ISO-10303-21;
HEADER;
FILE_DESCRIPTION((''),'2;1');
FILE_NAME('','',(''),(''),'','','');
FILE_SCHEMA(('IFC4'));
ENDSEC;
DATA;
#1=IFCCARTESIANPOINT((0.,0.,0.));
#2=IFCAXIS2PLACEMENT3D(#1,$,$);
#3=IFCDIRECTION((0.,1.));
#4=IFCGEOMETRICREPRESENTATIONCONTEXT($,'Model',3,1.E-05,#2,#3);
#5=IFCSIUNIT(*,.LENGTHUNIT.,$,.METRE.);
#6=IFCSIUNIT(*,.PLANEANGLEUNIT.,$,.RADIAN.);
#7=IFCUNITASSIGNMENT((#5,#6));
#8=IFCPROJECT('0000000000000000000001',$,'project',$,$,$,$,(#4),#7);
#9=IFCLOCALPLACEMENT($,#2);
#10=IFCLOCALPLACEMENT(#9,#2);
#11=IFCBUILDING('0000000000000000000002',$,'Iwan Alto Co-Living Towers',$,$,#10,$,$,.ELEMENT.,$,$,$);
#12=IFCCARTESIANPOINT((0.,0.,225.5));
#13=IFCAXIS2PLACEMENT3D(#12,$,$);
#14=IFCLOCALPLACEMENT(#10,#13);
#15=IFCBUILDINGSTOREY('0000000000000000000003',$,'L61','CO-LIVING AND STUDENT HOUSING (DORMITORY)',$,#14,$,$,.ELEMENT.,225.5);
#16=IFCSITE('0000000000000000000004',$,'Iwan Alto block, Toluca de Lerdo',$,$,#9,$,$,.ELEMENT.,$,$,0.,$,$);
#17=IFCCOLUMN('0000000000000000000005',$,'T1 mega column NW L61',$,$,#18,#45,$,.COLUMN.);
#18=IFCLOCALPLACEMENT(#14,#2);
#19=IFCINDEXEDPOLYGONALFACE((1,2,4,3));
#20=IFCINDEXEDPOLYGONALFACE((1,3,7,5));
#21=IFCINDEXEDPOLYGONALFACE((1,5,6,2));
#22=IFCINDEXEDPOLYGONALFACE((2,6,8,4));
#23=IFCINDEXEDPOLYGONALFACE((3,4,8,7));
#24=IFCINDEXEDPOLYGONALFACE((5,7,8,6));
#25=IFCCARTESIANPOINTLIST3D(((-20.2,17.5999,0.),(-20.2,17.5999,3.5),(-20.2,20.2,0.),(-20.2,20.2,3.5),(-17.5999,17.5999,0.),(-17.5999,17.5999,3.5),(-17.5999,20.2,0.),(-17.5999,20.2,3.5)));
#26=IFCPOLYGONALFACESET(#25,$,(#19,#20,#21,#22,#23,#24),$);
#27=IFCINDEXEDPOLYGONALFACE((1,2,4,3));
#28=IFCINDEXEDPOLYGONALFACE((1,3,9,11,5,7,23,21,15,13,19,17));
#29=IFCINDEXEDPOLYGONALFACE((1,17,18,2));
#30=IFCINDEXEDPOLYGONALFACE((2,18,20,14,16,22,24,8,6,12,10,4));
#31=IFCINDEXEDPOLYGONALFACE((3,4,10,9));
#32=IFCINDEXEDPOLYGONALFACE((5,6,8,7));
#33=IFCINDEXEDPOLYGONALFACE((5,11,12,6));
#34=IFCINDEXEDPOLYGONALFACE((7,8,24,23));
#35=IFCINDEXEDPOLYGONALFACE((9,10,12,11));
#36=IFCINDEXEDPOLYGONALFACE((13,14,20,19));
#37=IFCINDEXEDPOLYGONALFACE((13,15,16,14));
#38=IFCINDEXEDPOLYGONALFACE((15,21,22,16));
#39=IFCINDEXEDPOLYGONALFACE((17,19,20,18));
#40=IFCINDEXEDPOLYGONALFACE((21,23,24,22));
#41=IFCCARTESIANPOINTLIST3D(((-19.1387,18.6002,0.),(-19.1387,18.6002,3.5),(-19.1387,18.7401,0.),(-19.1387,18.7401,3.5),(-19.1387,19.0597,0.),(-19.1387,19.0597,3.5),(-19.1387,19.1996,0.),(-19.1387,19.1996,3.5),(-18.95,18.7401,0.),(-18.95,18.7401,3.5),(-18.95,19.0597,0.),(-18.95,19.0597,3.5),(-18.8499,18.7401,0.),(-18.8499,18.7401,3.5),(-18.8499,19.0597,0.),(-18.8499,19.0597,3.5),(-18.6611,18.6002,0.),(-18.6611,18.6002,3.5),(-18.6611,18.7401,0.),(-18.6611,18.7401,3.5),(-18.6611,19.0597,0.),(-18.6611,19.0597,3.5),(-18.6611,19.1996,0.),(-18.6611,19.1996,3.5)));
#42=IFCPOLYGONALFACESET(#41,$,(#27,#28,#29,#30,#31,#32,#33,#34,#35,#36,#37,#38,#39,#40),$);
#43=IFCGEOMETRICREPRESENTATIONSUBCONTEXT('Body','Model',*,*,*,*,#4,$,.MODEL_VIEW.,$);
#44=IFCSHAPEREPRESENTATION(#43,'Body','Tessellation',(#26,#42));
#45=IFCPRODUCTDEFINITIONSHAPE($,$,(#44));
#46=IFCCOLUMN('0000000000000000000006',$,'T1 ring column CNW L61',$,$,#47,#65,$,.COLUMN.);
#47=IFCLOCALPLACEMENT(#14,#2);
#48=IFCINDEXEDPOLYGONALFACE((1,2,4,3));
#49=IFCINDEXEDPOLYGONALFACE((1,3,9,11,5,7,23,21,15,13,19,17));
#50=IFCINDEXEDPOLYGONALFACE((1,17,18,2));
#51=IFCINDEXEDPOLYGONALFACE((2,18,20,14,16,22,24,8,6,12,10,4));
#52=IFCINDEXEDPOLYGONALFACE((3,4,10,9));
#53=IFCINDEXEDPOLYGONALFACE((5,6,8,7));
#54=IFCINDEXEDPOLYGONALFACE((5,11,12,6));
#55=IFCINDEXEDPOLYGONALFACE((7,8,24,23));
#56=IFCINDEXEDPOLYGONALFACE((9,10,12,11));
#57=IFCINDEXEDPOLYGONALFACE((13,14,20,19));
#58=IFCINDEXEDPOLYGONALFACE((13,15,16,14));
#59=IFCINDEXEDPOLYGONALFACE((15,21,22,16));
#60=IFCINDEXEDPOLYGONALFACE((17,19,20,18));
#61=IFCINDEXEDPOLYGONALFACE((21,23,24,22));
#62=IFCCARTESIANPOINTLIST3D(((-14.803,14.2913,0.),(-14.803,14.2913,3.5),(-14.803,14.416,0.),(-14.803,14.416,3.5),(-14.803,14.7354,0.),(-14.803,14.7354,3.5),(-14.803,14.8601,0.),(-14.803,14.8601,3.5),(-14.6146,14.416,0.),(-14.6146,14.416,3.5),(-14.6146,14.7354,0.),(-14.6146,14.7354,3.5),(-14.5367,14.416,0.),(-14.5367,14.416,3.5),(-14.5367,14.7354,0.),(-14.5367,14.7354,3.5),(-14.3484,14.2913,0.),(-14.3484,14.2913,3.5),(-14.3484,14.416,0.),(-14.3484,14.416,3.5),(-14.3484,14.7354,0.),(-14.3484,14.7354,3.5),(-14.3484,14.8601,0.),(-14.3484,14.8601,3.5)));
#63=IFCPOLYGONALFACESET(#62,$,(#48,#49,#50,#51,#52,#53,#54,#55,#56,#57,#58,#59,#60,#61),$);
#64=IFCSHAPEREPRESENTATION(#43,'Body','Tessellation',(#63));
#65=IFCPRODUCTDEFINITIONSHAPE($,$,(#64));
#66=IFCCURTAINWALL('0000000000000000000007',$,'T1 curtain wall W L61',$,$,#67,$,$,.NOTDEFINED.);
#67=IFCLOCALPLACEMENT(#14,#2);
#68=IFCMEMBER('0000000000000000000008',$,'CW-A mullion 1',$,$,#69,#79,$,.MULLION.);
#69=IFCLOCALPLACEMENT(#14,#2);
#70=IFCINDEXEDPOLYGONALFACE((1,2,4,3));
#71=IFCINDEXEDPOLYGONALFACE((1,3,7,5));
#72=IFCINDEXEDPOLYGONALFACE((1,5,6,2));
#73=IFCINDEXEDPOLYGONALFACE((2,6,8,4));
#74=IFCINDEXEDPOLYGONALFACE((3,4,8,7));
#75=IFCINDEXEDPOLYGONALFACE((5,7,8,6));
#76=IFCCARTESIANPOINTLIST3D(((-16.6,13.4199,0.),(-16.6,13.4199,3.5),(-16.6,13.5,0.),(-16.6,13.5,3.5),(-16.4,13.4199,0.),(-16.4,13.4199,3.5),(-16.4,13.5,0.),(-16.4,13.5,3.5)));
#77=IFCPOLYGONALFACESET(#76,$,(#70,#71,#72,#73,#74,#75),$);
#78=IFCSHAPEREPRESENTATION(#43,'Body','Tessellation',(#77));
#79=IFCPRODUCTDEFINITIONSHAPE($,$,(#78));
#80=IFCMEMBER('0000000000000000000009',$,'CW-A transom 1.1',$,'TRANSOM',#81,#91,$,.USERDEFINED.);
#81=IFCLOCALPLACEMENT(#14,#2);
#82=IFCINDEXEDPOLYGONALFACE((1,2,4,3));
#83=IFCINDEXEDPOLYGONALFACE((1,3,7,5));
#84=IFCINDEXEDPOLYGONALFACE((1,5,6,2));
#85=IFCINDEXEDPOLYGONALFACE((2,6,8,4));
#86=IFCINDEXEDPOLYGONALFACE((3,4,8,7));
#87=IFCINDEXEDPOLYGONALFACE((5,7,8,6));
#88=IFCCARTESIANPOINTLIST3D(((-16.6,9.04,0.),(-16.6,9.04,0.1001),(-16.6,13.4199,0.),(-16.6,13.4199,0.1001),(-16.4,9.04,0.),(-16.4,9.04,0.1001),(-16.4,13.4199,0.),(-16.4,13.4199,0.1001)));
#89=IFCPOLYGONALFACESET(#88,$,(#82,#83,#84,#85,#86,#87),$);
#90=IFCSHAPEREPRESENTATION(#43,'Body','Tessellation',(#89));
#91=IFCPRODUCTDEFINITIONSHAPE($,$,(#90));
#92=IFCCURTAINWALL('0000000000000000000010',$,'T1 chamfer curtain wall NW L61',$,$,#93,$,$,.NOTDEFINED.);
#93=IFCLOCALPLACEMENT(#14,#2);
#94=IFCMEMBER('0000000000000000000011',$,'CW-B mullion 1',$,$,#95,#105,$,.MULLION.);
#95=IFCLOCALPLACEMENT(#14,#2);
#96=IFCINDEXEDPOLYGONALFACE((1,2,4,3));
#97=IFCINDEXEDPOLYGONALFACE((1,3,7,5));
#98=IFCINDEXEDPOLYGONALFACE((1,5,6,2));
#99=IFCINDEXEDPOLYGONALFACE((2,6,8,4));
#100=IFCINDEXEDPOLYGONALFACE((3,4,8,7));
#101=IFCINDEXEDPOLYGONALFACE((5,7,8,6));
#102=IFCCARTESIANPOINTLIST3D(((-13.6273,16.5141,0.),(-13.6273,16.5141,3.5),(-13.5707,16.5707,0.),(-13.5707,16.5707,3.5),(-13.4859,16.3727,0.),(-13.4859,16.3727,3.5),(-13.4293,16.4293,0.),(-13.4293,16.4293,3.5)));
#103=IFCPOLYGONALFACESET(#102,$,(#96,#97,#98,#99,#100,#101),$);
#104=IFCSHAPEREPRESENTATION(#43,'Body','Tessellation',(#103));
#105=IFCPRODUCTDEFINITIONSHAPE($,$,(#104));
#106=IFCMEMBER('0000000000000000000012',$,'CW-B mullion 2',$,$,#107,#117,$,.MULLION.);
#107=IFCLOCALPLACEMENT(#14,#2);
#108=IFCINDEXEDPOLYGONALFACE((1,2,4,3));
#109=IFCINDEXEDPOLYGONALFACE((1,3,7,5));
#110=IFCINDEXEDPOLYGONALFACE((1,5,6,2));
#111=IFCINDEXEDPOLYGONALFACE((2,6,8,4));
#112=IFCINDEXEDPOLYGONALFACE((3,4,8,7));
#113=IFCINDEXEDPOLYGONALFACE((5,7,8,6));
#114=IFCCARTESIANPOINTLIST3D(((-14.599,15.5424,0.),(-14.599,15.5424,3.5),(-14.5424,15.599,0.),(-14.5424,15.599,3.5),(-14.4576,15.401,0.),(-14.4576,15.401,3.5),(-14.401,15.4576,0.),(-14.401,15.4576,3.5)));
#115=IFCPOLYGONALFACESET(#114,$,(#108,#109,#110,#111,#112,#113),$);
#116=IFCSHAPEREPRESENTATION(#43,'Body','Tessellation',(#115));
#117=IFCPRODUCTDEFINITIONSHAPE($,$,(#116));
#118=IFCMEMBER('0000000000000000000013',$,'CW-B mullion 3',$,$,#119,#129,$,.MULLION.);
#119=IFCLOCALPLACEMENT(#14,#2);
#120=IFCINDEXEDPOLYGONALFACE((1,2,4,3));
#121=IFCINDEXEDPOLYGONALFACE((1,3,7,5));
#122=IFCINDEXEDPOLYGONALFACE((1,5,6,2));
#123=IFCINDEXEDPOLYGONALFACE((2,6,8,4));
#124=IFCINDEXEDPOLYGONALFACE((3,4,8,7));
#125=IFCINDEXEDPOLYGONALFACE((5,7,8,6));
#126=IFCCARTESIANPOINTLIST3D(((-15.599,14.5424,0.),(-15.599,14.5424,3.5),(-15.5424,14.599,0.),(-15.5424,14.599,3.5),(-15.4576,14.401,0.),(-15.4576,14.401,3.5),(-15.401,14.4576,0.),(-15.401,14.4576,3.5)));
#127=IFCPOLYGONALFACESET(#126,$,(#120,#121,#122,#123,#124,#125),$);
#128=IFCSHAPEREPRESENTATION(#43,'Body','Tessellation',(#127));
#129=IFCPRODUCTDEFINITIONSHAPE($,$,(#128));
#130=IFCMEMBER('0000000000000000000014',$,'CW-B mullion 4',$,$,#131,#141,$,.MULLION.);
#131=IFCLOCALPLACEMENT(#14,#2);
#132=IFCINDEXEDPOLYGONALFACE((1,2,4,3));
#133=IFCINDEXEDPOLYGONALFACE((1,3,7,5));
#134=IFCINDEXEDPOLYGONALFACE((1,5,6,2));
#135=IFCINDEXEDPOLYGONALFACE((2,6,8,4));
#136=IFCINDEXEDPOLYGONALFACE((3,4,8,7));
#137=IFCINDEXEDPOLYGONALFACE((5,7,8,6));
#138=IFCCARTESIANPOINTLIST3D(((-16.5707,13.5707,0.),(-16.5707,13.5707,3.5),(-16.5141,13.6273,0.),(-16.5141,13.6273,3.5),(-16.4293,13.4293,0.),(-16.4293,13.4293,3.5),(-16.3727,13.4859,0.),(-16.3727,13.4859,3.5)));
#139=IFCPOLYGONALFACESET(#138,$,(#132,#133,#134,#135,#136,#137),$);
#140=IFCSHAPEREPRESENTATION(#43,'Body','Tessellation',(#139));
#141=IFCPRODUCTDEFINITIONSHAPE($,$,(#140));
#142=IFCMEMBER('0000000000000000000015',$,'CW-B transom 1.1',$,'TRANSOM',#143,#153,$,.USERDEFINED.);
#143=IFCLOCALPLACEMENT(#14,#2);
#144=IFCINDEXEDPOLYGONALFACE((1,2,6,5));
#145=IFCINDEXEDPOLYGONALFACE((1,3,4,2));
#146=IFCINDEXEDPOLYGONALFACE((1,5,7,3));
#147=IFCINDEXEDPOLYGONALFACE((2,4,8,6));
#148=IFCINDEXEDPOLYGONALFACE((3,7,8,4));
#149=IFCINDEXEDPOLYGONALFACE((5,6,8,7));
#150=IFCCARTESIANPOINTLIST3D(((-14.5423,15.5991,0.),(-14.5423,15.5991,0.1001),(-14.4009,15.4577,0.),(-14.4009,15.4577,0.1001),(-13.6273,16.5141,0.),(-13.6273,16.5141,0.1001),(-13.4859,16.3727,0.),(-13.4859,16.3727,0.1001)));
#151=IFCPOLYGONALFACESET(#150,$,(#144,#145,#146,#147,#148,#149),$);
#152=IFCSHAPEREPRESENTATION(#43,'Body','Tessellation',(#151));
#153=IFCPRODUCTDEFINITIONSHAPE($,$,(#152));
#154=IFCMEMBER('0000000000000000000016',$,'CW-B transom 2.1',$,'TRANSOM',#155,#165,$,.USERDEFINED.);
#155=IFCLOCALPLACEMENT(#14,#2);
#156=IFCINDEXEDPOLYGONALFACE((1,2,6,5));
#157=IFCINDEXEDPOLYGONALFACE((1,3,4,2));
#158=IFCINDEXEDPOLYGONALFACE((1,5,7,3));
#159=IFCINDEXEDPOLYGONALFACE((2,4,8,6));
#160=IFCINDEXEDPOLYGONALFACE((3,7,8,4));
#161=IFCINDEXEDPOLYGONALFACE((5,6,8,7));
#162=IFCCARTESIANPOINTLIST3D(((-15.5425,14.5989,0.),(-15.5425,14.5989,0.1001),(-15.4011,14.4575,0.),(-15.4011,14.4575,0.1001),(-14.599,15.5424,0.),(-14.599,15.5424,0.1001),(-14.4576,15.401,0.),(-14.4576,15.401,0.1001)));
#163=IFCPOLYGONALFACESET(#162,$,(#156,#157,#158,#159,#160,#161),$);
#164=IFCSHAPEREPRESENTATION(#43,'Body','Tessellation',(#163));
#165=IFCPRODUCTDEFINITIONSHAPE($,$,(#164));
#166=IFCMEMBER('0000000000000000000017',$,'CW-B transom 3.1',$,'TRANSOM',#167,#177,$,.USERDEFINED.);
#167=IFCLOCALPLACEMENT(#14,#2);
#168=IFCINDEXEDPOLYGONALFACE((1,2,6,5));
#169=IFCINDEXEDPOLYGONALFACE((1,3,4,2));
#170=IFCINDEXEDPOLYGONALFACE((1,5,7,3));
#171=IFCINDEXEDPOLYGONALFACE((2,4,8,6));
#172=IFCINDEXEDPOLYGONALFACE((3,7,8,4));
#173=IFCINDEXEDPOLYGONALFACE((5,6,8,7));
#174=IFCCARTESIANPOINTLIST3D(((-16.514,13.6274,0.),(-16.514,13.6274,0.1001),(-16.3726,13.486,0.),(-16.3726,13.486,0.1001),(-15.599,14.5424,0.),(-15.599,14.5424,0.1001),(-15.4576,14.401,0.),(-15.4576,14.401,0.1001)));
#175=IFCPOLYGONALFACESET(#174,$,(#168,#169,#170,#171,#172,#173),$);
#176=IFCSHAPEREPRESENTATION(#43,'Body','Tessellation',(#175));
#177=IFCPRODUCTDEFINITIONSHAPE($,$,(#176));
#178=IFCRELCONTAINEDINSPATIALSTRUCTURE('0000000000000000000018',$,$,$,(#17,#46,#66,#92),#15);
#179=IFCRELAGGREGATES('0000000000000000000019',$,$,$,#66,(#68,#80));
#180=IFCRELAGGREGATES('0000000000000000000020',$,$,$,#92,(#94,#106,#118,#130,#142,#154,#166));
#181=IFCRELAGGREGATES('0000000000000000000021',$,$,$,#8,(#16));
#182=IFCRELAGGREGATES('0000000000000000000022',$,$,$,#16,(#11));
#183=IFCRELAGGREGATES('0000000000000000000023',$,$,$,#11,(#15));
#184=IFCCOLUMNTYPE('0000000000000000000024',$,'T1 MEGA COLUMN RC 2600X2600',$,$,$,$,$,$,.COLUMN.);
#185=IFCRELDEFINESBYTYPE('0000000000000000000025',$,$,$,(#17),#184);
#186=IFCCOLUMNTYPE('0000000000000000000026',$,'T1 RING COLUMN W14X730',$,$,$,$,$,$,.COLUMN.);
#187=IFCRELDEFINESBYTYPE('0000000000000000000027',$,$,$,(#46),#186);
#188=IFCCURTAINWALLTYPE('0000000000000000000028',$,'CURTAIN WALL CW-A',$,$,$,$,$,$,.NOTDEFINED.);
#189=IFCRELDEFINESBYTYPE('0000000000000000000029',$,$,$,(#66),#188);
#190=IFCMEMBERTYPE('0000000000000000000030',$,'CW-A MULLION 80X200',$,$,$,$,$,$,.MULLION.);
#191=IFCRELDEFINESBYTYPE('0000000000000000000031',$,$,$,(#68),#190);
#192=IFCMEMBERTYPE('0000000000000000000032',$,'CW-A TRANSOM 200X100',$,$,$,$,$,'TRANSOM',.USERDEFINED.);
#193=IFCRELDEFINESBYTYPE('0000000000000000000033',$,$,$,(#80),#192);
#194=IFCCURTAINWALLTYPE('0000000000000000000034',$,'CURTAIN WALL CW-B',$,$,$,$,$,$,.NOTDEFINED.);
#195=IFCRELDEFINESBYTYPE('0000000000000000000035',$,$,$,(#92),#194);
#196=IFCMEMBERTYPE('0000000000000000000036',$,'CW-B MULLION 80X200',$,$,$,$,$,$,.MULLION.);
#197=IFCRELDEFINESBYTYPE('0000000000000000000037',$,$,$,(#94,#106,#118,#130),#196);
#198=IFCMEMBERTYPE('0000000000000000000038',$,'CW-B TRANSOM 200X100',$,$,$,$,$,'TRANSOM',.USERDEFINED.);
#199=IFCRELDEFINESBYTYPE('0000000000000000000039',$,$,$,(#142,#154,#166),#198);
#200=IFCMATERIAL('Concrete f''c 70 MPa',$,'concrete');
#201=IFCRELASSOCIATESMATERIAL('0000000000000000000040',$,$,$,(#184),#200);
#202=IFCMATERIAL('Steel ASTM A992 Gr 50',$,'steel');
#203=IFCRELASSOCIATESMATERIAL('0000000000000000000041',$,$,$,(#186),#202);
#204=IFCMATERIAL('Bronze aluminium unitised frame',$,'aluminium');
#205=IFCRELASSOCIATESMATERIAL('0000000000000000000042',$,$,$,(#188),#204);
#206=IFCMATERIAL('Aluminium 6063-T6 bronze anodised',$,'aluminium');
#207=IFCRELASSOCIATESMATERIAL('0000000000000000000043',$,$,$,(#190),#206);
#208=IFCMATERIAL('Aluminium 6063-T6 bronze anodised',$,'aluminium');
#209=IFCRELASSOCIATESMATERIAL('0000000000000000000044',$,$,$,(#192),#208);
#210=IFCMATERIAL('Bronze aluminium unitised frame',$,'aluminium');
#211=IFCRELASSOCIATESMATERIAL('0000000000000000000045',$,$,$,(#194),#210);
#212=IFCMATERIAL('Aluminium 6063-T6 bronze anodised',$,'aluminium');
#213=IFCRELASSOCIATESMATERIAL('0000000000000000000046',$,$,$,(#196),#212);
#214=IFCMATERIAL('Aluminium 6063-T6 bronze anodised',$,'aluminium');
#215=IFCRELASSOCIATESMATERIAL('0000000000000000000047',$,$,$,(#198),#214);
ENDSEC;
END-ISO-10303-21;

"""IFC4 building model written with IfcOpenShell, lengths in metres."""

from ifc_helpers import new_model, si_unit, direction, frame, origin, origin_2d, place, context, subcontext, project, spatial, rectangle, i_section, extrude, material, material_profile, profile_set, type_object, element, aggregate, save


model = new_model("IFC4")

# Units and contexts
model_context = context("Model", 3, precision=1e-05, world=origin(), true_north=direction((0.0, 1.0)))
body_context = subcontext(model_context, "Body", "Model", "MODEL_VIEW")
ifc_project = project(units=[si_unit("LENGTHUNIT", "METRE"), si_unit("PLANEANGLEUNIT", "RADIAN")], contexts=[model_context])

# Site, building, storey
site_placement = place(None, origin())
site = spatial("IfcSite", under=ifc_project, at=site_placement, Name="Iwan Alto block, Toluca de Lerdo", CompositionType="ELEMENT", RefElevation=0.0)
building_placement = place(site_placement, origin())
building = spatial("IfcBuilding", under=site, at=building_placement, Name="Iwan Alto Co-Living Towers", CompositionType="ELEMENT")
storey_placement = place(building_placement, frame((0.0, 0.0, 225.5)))
storey = spatial("IfcBuildingStorey", under=building, at=storey_placement, Name="L61", Description="CO-LIVING AND STUDENT HOUSING (DORMITORY)", CompositionType="ELEMENT", Elevation=225.5)

# Columns
ifc_material_1 = material(Name="Concrete f'c 70 MPa", Category="concrete")
ifc_material_profile_1 = material_profile(ifc_material_1, rectangle(XDim=2.6001, YDim=2.6001, at=origin_2d()), Name="RC 2600X2600")
ifc_profile_set_1 = profile_set([ifc_material_profile_1], Name="Concrete f'c 70 MPa")
column_type_1 = type_object("IfcColumnType", Name="T1 MEGA COLUMN RC 2600X2600", PredefinedType="COLUMN", material=ifc_profile_set_1)
column_1_placement = place(storey_placement, frame((-18.8999, 18.8999, 0.0), z_axis=(0.0, 0.0, 1.0), x_axis=(1.0, 0.0, 0.0)))
element("IfcColumn", 1, at=column_1_placement, inside=storey, type_object=column_type_1, Name="T1 mega column NW L61", PredefinedType="COLUMN", context=body_context, shape_type="SweptSolid", body=[
    extrude(rectangle(XDim=2.6001, YDim=2.6001, at=origin_2d()), origin(), (0.0, 0.0, 1.0), 3.5),
    extrude(i_section(OverallWidth=0.4775, OverallDepth=0.5994, WebThickness=0.1001, FlangeThickness=0.1399, at=origin_2d()), origin(), (0.0, 0.0, 1.0), 3.5),
])
ifc_material_2 = material(Name="Steel ASTM A992 Gr 50", Category="steel")
ifc_material_profile_2 = material_profile(ifc_material_2, i_section(OverallWidth=0.4546, OverallDepth=0.5688, WebThickness=0.0779, FlangeThickness=0.1248, at=origin_2d()), Name="W14X730")
ifc_profile_set_2 = profile_set([ifc_material_profile_2], Name="Steel ASTM A992 Gr 50")
column_type_2 = type_object("IfcColumnType", Name="T1 RING COLUMN W14X730", PredefinedType="COLUMN", material=ifc_profile_set_2)
column_2_placement = place(storey_placement, frame((-14.5757, 14.5757, 0.0), z_axis=(0.0, 0.0, 1.0), x_axis=(1.0, 0.0, 0.0)))
element("IfcColumn", 2, at=column_2_placement, inside=storey, type_object=column_type_2, Name="T1 ring column CNW L61", PredefinedType="COLUMN", context=body_context, shape_type="SweptSolid", body=[
    extrude(i_section(OverallWidth=0.4546, OverallDepth=0.5688, WebThickness=0.0779, FlangeThickness=0.1248, at=origin_2d()), origin(), (0.0, 0.0, 1.0), 3.5),
])

# Curtain walls, members
ifc_material_3 = material(Name="Bronze aluminium unitised frame", Category="aluminium")
curtain_wall_type_1 = type_object("IfcCurtainWallType", Name="CURTAIN WALL CW-A", PredefinedType="NOTDEFINED", material=ifc_material_3)
curtain_wall_1_placement = place(storey_placement, origin())
curtain_wall_1 = element("IfcCurtainWall", 3, at=curtain_wall_1_placement, inside=storey, type_object=curtain_wall_type_1, Name="T1 curtain wall W L61", PredefinedType="NOTDEFINED")
ifc_material_4 = material(Name="Aluminium 6063-T6 bronze anodised", Category="aluminium")
ifc_material_profile_3 = material_profile(ifc_material_4, rectangle(XDim=0.2, YDim=0.0801, at=origin_2d()), Name="AL 80X200")
ifc_profile_set_3 = profile_set([ifc_material_profile_3], Name="Aluminium 6063-T6 bronze anodised")
member_type_1 = type_object("IfcMemberType", Name="CW-A MULLION 80X200", PredefinedType="MULLION", material=ifc_profile_set_3)
member_1_placement = place(storey_placement, frame((-16.5, 13.46, 0.0), z_axis=(0.0, 0.0, 1.0), x_axis=(1.0, 0.0, 0.0)))
member_1 = element("IfcMember", 4, at=member_1_placement, type_object=member_type_1, Name="CW-A mullion 1", PredefinedType="MULLION", context=body_context, shape_type="SweptSolid", body=[
    extrude(rectangle(XDim=0.2, YDim=0.0801, at=origin_2d()), origin(), (0.0, 0.0, 1.0), 3.5),
])
ifc_material_5 = material(Name="Aluminium 6063-T6 bronze anodised", Category="aluminium")
ifc_material_profile_4 = material_profile(ifc_material_5, rectangle(XDim=0.2, YDim=0.1001, at=origin_2d()), Name="AL 200X100")
ifc_profile_set_4 = profile_set([ifc_material_profile_4], Name="Aluminium 6063-T6 bronze anodised")
member_type_2 = type_object("IfcMemberType", Name="CW-A TRANSOM 200X100", ElementType="TRANSOM", PredefinedType="USERDEFINED", material=ifc_profile_set_4)
member_2_placement = place(storey_placement, frame((-16.5, 13.4199, 0.05), z_axis=(0.0, -1.0, 0.0), x_axis=(1.0, 0.0, 0.0)))
member_2 = element("IfcMember", 5, at=member_2_placement, type_object=member_type_2, Name="CW-A transom 1.1", ObjectType="TRANSOM", PredefinedType="USERDEFINED", context=body_context, shape_type="SweptSolid", body=[
    extrude(rectangle(XDim=0.2, YDim=0.1001, at=origin_2d()), origin(), (0.0, 0.0, 1.0), 4.3799),
])
ifc_material_6 = material(Name="Bronze aluminium unitised frame", Category="aluminium")
curtain_wall_type_2 = type_object("IfcCurtainWallType", Name="CURTAIN WALL CW-B", PredefinedType="NOTDEFINED", material=ifc_material_6)
curtain_wall_2_placement = place(storey_placement, origin())
curtain_wall_2 = element("IfcCurtainWall", 6, at=curtain_wall_2_placement, inside=storey, type_object=curtain_wall_type_2, Name="T1 chamfer curtain wall NW L61", PredefinedType="NOTDEFINED")
ifc_material_7 = material(Name="Aluminium 6063-T6 bronze anodised", Category="aluminium")
ifc_material_profile_5 = material_profile(ifc_material_7, rectangle(XDim=0.2, YDim=0.0801, at=origin_2d()), Name="AL 80X200")
ifc_profile_set_5 = profile_set([ifc_material_profile_5], Name="Aluminium 6063-T6 bronze anodised")
member_type_3 = type_object("IfcMemberType", Name="CW-B MULLION 80X200", PredefinedType="MULLION", material=ifc_profile_set_5)
member_3_placement = place(storey_placement, frame((-13.5283, 16.4717, 0.0), z_axis=(0.0, 0.0, 1.0), x_axis=(0.707107, -0.707107, 0.0)))
member_3 = element("IfcMember", 7, at=member_3_placement, type_object=member_type_3, Name="CW-B mullion 1", PredefinedType="MULLION", context=body_context, shape_type="SweptSolid", body=[
    extrude(rectangle(XDim=0.2, YDim=0.0801, at=origin_2d()), origin(), (0.0, 0.0, 1.0), 3.5),
])
member_4_placement = place(storey_placement, frame((-14.5, 15.5, 0.0), z_axis=(0.0, 0.0, 1.0), x_axis=(0.707107, -0.707107, 0.0)))
member_4 = element("IfcMember", 8, at=member_4_placement, type_object=member_type_3, Name="CW-B mullion 2", PredefinedType="MULLION", context=body_context, shape_type="SweptSolid", body=[
    extrude(rectangle(XDim=0.2, YDim=0.0801, at=origin_2d()), origin(), (0.0, 0.0, 1.0), 3.5),
])
member_5_placement = place(storey_placement, frame((-15.5, 14.5, 0.0), z_axis=(0.0, 0.0, 1.0), x_axis=(0.707107, -0.707107, 0.0)))
member_5 = element("IfcMember", 9, at=member_5_placement, type_object=member_type_3, Name="CW-B mullion 3", PredefinedType="MULLION", context=body_context, shape_type="SweptSolid", body=[
    extrude(rectangle(XDim=0.2, YDim=0.0801, at=origin_2d()), origin(), (0.0, 0.0, 1.0), 3.5),
])
member_6_placement = place(storey_placement, frame((-16.4717, 13.5283, 0.0), z_axis=(0.0, 0.0, 1.0), x_axis=(0.707107, -0.707107, 0.0)))
member_6 = element("IfcMember", 10, at=member_6_placement, type_object=member_type_3, Name="CW-B mullion 4", PredefinedType="MULLION", context=body_context, shape_type="SweptSolid", body=[
    extrude(rectangle(XDim=0.2, YDim=0.0801, at=origin_2d()), origin(), (0.0, 0.0, 1.0), 3.5),
])
ifc_material_8 = material(Name="Aluminium 6063-T6 bronze anodised", Category="aluminium")
ifc_material_profile_6 = material_profile(ifc_material_8, rectangle(XDim=0.2, YDim=0.1001, at=origin_2d()), Name="AL 200X100")
ifc_profile_set_6 = profile_set([ifc_material_profile_6], Name="Aluminium 6063-T6 bronze anodised")
member_type_4 = type_object("IfcMemberType", Name="CW-B TRANSOM 200X100", ElementType="TRANSOM", PredefinedType="USERDEFINED", material=ifc_profile_set_6)
member_7_placement = place(storey_placement, frame((-13.5566, 16.4434, 0.05), z_axis=(-0.707107, -0.707107, 0.0), x_axis=(0.707107, -0.707107, 0.0)))
member_7 = element("IfcMember", 11, at=member_7_placement, type_object=member_type_4, Name="CW-B transom 1.1", ObjectType="TRANSOM", PredefinedType="USERDEFINED", context=body_context, shape_type="SweptSolid", body=[
    extrude(rectangle(XDim=0.2, YDim=0.1001, at=origin_2d()), origin(), (0.0, 0.0, 1.0), 1.2939),
])
member_8_placement = place(storey_placement, frame((-14.5283, 15.4717, 0.05), z_axis=(-0.707107, -0.707107, 0.0), x_axis=(0.707107, -0.707107, 0.0)))
member_8 = element("IfcMember", 12, at=member_8_placement, type_object=member_type_4, Name="CW-B transom 2.1", ObjectType="TRANSOM", PredefinedType="USERDEFINED", context=body_context, shape_type="SweptSolid", body=[
    extrude(rectangle(XDim=0.2, YDim=0.1001, at=origin_2d()), origin(), (0.0, 0.0, 1.0), 1.3342),
])
member_9_placement = place(storey_placement, frame((-15.5283, 14.4717, 0.05), z_axis=(-0.707107, -0.707107, 0.0), x_axis=(0.707107, -0.707107, 0.0)))
member_9 = element("IfcMember", 13, at=member_9_placement, type_object=member_type_4, Name="CW-B transom 3.1", ObjectType="TRANSOM", PredefinedType="USERDEFINED", context=body_context, shape_type="SweptSolid", body=[
    extrude(rectangle(XDim=0.2, YDim=0.1001, at=origin_2d()), origin(), (0.0, 0.0, 1.0), 1.2939),
])

aggregate(curtain_wall_1, [member_1, member_2])
aggregate(curtain_wall_2, [member_3, member_4, member_5, member_6, member_7, member_8, member_9])

save(model, "model.ifc")
